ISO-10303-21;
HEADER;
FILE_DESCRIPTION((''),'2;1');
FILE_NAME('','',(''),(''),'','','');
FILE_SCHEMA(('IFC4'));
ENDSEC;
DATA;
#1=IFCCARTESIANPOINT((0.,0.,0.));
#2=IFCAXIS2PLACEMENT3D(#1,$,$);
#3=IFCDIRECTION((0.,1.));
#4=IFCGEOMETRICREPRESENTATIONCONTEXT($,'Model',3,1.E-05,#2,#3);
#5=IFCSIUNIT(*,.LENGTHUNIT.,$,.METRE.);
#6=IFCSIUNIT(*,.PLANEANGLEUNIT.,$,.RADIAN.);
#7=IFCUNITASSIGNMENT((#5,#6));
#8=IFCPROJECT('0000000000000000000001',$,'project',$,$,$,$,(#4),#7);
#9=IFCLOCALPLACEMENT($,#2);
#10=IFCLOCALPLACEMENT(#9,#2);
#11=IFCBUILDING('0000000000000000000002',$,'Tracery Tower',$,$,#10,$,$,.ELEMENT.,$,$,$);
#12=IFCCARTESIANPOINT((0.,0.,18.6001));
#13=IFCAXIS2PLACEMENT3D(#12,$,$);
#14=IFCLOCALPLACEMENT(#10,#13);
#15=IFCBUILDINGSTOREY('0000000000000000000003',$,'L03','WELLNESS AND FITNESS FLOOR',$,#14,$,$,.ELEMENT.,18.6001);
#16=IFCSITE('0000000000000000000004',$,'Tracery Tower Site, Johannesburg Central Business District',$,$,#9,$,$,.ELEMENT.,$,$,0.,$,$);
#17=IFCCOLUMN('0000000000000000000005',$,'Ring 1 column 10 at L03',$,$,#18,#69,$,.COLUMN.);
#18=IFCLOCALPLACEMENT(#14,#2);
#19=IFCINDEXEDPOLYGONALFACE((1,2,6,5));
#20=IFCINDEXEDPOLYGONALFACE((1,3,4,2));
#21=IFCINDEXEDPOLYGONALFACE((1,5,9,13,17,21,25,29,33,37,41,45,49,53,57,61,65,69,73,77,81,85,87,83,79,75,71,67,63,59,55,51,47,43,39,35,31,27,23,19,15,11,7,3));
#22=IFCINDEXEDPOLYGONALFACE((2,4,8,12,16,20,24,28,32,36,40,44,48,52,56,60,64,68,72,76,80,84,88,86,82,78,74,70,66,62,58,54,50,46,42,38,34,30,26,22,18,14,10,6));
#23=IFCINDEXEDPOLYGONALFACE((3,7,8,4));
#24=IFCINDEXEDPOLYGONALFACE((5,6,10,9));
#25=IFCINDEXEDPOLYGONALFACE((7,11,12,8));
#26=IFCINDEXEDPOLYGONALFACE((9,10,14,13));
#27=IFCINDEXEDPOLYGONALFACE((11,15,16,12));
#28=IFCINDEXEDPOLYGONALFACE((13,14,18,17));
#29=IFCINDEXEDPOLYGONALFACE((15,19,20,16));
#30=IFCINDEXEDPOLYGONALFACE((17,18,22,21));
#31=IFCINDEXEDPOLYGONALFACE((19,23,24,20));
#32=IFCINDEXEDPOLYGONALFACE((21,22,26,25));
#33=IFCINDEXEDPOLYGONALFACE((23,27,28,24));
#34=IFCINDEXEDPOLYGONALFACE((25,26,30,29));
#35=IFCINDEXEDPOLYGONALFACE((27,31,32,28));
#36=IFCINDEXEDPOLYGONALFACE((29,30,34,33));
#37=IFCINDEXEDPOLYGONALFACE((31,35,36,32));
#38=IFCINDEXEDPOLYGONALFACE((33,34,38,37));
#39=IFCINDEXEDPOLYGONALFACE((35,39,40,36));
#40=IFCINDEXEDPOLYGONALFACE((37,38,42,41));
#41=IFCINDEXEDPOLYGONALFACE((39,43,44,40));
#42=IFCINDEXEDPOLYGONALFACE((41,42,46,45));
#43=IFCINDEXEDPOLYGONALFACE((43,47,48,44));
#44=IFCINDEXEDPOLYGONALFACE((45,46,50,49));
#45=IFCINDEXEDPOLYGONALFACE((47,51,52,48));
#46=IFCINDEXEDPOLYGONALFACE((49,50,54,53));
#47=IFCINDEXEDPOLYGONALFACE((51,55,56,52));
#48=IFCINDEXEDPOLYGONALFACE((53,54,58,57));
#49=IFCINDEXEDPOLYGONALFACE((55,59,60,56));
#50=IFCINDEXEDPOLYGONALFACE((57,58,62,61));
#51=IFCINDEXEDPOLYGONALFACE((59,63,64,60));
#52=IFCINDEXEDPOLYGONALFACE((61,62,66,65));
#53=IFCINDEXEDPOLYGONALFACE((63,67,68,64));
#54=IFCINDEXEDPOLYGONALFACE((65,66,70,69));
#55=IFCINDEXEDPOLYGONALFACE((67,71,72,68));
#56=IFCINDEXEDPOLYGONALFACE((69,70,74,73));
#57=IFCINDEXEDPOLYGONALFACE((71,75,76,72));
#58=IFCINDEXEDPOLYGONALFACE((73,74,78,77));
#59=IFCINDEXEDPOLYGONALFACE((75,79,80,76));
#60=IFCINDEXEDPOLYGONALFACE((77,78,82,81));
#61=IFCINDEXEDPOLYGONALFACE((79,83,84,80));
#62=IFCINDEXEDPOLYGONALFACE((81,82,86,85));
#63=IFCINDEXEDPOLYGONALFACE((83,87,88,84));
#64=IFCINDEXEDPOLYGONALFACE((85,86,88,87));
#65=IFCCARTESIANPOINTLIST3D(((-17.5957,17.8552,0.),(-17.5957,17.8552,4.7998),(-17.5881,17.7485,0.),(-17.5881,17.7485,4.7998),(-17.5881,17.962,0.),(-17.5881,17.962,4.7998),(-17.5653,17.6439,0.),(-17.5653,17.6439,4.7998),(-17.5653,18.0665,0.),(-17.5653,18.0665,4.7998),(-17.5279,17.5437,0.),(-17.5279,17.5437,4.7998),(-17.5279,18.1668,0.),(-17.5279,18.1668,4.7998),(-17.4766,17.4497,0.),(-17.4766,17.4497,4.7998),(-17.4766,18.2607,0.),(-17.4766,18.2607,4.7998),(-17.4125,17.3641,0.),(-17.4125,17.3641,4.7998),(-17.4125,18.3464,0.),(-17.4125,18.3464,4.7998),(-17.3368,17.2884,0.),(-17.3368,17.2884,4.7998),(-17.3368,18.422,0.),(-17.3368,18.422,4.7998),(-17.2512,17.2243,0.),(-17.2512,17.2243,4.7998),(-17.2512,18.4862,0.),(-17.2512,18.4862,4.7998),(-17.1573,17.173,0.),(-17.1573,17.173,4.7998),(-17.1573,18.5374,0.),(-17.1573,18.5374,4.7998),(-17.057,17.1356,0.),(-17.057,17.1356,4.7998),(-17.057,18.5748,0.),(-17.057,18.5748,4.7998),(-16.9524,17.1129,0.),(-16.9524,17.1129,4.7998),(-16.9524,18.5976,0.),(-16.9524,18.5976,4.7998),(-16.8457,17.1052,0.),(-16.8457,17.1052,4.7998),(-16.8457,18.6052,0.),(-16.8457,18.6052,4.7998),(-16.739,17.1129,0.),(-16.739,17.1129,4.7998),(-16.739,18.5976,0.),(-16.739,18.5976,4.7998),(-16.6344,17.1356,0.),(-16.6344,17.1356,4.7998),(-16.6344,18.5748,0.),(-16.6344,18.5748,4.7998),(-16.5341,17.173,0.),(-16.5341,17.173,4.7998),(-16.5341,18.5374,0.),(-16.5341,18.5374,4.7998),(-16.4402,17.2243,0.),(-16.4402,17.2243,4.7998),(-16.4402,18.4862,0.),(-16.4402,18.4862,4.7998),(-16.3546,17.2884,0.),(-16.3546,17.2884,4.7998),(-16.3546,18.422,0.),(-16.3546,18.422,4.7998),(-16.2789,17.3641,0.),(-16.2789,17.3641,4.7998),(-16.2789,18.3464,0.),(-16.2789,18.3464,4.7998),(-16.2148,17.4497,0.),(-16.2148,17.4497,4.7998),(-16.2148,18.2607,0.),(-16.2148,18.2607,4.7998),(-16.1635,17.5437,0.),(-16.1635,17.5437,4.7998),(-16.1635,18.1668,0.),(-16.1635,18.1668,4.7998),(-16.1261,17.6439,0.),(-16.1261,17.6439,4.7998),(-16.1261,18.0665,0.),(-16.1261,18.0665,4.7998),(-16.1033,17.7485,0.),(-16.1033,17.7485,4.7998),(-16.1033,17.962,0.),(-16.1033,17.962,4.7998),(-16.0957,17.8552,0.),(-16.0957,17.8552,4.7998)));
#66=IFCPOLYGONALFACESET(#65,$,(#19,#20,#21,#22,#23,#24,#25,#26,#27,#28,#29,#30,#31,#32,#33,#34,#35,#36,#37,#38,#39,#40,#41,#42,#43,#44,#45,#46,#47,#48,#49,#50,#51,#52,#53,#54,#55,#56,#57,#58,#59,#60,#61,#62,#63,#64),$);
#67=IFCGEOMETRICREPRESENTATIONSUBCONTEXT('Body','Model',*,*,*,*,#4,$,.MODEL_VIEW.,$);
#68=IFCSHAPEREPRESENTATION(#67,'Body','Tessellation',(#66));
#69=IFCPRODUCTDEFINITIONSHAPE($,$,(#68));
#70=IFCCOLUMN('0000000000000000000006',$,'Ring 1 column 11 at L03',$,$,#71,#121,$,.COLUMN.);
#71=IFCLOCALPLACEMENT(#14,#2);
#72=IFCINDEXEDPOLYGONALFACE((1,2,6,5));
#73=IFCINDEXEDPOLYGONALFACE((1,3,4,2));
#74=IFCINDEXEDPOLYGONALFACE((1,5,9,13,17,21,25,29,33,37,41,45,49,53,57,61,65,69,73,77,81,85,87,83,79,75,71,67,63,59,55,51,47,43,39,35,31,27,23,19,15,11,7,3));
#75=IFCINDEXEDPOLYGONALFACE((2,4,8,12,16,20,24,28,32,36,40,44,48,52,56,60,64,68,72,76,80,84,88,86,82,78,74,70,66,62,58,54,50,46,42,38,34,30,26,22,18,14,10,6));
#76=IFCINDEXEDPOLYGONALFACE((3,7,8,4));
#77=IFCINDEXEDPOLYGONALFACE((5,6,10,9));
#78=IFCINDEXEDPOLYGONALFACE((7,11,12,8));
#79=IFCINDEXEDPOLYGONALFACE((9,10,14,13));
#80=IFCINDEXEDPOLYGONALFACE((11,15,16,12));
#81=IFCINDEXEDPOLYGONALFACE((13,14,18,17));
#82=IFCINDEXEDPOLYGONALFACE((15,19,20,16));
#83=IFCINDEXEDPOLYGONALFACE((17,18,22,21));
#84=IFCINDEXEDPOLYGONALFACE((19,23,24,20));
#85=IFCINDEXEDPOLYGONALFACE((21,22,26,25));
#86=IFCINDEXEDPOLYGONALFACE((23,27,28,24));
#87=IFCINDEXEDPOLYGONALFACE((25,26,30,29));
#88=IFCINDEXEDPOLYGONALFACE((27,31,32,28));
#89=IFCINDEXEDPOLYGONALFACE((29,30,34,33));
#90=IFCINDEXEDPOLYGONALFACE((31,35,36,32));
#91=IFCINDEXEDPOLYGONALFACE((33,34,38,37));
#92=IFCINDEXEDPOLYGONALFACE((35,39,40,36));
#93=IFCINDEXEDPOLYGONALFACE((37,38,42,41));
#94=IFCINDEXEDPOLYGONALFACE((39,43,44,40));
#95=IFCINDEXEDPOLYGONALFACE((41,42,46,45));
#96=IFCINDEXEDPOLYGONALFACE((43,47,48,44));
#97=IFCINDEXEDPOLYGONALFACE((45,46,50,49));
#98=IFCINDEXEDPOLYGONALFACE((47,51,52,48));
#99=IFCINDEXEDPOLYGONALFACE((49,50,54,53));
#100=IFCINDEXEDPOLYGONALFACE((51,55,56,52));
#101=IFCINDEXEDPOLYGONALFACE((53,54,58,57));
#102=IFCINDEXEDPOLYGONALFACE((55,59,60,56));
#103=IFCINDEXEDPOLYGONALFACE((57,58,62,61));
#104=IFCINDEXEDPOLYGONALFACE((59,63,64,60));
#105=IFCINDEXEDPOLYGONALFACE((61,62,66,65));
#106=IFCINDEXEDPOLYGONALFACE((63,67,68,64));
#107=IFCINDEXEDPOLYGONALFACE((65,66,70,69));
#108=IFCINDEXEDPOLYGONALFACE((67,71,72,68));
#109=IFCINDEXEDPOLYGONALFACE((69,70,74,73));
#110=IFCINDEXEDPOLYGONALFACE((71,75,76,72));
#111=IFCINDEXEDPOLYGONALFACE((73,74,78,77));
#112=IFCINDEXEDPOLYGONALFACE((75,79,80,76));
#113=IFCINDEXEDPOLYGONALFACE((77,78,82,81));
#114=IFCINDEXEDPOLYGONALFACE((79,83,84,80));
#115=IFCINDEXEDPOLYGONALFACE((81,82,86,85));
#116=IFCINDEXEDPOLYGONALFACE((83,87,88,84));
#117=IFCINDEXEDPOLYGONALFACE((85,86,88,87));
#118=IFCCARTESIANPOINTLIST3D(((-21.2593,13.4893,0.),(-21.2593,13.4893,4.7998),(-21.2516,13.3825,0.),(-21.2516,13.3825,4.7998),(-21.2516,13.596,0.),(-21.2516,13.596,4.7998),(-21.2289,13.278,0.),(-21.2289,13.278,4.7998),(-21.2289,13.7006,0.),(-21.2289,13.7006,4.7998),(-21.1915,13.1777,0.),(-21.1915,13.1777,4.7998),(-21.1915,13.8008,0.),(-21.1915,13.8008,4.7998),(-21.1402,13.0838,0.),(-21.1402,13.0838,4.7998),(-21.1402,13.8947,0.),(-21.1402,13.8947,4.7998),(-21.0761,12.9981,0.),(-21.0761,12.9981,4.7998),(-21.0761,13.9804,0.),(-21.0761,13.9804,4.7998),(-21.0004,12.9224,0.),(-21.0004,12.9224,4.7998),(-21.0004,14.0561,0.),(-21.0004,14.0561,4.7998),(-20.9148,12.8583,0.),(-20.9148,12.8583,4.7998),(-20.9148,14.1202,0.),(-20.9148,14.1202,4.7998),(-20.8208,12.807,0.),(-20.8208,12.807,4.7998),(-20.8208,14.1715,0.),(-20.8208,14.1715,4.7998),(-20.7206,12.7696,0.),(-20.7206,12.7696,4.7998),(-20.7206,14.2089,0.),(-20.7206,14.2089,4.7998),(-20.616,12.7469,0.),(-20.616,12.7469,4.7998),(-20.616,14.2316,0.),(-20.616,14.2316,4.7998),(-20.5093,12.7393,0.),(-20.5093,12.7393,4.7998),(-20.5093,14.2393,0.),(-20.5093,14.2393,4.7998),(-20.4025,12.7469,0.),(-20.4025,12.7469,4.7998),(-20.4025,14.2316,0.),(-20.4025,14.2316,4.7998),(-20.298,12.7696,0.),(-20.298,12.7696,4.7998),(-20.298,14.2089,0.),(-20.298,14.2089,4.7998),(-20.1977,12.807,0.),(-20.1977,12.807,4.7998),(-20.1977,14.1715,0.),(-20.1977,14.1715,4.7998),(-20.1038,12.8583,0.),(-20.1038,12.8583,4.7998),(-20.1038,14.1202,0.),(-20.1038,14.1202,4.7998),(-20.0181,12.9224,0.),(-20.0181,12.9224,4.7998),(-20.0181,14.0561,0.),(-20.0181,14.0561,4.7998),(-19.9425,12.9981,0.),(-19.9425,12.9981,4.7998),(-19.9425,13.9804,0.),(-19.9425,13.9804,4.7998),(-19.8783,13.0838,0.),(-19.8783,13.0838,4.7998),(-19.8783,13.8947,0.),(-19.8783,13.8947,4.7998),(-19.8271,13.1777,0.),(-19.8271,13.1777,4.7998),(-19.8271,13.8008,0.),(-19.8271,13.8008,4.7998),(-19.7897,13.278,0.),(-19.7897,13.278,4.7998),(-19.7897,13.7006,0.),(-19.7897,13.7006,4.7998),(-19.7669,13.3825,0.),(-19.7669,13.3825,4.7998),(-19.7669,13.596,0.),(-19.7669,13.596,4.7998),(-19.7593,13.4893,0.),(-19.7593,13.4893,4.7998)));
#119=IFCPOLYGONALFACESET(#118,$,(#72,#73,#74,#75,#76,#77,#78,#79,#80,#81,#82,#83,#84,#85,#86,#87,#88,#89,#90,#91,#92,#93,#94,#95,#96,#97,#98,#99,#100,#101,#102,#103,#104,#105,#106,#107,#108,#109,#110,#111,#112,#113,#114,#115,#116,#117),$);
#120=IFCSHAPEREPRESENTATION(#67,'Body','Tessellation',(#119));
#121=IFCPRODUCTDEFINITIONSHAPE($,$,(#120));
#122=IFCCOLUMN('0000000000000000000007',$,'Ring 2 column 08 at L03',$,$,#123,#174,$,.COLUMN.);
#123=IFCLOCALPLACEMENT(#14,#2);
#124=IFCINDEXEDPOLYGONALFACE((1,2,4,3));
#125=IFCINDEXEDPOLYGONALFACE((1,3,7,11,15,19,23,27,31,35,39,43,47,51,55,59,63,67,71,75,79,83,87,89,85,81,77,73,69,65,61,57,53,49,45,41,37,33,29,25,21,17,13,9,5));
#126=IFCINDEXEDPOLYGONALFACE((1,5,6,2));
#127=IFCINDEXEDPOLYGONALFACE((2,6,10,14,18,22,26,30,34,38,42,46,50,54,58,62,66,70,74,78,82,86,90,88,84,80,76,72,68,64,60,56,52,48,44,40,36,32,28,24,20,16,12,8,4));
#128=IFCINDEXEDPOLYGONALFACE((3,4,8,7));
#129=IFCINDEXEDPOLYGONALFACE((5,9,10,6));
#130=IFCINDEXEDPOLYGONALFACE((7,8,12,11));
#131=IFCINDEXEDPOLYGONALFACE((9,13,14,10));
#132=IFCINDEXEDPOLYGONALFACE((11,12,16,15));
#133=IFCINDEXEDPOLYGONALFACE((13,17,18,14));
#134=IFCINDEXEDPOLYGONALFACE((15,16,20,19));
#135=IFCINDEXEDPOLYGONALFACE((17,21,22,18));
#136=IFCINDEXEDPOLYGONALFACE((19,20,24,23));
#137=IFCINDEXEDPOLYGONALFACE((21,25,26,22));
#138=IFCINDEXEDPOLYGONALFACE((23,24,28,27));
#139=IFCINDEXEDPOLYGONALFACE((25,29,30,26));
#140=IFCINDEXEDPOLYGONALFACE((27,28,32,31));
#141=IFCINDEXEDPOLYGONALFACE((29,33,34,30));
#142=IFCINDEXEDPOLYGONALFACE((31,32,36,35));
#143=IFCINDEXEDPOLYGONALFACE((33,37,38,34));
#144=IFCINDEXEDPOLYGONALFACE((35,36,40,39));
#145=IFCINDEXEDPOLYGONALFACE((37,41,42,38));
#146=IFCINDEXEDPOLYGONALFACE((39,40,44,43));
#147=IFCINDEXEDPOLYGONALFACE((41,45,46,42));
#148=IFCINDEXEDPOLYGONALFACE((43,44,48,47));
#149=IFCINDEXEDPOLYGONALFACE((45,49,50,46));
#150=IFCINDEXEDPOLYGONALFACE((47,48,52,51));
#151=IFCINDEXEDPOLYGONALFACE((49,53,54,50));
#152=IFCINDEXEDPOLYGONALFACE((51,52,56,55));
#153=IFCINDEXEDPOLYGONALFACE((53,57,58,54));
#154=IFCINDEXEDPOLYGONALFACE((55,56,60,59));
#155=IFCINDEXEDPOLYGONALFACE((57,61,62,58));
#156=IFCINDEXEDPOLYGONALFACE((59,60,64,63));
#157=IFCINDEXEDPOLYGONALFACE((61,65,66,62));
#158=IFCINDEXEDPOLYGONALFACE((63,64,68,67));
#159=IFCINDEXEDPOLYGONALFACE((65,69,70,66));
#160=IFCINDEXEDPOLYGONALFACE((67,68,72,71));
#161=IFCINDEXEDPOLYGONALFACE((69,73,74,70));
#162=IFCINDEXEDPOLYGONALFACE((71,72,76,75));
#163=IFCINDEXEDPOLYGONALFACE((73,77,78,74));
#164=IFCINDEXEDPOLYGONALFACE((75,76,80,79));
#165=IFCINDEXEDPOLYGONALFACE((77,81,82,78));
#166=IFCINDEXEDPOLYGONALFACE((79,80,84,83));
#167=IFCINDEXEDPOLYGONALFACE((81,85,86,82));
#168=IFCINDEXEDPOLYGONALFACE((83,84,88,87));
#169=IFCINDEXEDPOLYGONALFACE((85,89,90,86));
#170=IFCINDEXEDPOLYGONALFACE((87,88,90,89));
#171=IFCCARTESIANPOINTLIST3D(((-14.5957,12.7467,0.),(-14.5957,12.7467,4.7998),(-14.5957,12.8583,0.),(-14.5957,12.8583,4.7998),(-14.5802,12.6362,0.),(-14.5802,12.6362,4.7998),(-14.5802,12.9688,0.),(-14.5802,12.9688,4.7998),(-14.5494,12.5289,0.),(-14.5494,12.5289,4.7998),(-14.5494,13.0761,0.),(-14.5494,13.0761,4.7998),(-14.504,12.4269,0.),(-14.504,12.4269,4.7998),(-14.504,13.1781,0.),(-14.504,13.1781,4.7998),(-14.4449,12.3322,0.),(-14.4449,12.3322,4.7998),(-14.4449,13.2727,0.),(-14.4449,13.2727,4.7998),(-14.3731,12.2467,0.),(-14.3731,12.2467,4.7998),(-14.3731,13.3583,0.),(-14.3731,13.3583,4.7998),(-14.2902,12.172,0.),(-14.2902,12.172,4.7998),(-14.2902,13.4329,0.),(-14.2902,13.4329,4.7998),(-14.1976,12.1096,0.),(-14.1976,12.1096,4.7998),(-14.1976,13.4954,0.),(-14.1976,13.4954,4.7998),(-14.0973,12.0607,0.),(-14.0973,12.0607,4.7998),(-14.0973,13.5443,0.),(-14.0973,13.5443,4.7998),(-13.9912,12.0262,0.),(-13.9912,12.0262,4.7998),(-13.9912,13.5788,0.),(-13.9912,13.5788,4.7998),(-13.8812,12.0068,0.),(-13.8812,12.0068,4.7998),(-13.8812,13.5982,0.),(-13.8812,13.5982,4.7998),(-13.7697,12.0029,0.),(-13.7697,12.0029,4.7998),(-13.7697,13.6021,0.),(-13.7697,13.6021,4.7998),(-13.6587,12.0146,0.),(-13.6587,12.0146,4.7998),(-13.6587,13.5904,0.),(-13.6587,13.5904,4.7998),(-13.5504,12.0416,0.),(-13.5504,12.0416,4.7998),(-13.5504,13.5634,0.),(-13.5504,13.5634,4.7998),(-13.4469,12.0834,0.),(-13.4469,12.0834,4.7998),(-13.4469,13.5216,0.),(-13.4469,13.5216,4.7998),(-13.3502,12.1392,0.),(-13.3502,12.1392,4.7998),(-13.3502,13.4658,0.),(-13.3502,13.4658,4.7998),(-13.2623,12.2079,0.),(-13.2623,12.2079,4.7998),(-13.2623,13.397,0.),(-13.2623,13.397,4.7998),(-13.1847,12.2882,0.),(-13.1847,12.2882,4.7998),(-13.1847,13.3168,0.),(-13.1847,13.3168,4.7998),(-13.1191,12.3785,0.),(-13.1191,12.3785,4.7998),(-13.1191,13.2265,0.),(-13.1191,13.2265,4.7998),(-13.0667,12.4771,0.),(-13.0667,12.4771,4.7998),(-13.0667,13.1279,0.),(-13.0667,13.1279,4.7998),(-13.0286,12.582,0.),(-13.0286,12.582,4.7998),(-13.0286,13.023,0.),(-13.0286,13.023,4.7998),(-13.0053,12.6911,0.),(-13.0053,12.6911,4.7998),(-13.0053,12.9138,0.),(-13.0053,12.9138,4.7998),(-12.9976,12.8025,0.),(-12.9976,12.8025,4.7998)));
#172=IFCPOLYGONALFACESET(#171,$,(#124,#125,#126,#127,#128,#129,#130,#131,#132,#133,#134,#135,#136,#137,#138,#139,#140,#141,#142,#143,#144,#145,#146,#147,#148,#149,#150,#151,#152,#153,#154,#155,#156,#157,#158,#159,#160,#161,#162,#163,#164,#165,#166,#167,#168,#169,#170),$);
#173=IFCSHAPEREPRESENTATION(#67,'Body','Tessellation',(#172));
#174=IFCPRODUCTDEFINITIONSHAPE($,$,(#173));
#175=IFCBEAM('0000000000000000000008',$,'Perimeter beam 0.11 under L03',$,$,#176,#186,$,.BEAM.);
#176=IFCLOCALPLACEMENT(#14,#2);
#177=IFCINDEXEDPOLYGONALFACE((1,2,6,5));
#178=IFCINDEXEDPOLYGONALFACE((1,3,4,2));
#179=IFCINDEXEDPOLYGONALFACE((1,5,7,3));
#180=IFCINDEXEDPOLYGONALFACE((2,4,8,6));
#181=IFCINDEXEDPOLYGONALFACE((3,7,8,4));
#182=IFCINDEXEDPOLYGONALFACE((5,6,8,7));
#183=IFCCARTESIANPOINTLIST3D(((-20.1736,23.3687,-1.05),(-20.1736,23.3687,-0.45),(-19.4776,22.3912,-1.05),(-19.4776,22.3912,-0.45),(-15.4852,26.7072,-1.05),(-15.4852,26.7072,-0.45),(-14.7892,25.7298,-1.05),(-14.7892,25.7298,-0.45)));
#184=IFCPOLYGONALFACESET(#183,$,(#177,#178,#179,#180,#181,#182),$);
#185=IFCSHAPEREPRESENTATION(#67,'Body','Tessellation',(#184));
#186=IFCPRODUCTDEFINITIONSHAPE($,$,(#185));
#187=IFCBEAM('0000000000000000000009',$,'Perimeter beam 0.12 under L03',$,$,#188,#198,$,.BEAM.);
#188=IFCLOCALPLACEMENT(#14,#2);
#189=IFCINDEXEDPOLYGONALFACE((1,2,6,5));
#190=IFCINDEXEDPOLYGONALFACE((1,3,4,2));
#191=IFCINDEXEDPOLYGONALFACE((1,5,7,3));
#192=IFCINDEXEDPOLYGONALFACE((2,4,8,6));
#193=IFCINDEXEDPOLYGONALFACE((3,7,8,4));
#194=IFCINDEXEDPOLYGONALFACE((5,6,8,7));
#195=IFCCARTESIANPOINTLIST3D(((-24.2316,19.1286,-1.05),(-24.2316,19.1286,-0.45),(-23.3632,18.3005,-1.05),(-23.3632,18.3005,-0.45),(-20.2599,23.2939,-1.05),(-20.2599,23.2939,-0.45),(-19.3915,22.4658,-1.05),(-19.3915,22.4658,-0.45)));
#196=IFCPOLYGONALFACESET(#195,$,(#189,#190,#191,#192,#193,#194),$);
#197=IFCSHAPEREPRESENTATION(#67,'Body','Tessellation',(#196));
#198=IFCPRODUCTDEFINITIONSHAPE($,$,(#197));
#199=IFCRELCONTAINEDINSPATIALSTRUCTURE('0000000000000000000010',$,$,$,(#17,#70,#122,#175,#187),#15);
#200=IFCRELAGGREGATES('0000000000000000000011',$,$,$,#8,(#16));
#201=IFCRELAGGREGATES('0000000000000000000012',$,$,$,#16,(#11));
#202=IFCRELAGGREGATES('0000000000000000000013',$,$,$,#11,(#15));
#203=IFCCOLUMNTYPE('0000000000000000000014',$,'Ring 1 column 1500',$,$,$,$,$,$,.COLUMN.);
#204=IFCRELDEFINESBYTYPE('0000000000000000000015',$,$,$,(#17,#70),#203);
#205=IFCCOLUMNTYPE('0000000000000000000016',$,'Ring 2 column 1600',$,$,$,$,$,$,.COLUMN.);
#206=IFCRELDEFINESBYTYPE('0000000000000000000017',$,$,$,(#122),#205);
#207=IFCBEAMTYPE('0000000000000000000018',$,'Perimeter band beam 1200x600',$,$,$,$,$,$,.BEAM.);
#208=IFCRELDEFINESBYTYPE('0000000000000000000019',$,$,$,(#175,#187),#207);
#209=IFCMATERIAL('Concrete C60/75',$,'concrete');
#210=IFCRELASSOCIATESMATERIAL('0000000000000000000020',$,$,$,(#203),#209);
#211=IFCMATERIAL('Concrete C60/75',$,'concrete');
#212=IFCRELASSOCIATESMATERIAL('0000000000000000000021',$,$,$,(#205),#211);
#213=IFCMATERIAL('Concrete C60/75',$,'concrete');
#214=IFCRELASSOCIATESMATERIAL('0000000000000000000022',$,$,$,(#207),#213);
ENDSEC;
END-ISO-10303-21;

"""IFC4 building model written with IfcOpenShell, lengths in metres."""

from ifc_helpers import new_model, si_unit, direction, frame, origin, origin_2d, place, context, subcontext, project, spatial, rectangle, circle, extrude, material, material_profile, profile_set, type_object, element, save


model = new_model("IFC4")

# Units and contexts
model_context = context("Model", 3, precision=1e-05, world=origin(), true_north=direction((0.0, 1.0)))
body_context = subcontext(model_context, "Body", "Model", "MODEL_VIEW")
ifc_project = project(units=[si_unit("LENGTHUNIT", "METRE"), si_unit("PLANEANGLEUNIT", "RADIAN")], contexts=[model_context])

# Site, building, storey
site_placement = place(None, origin())
site = spatial("IfcSite", under=ifc_project, at=site_placement, Name="Tracery Tower Site, Johannesburg Central Business District", CompositionType="ELEMENT", RefElevation=0.0)
building_placement = place(site_placement, origin())
building = spatial("IfcBuilding", under=site, at=building_placement, Name="Tracery Tower", CompositionType="ELEMENT")
storey_placement = place(building_placement, frame((0.0, 0.0, 18.6001)))
storey = spatial("IfcBuildingStorey", under=building, at=storey_placement, Name="L03", Description="WELLNESS AND FITNESS FLOOR", CompositionType="ELEMENT", Elevation=18.6001)

# Columns
ifc_material_1 = material(Name="Concrete C60/75", Category="concrete")
ifc_material_profile_1 = material_profile(ifc_material_1, circle(Radius=0.75, at=origin_2d()), Name="RC D1500")
ifc_profile_set_1 = profile_set([ifc_material_profile_1], Name="Concrete C60/75")
column_type_1 = type_object("IfcColumnType", Name="Ring 1 column 1500", PredefinedType="COLUMN", material=ifc_profile_set_1)
for number, where, z_axis, x_axis, name in (
    (1, (-16.8457, 17.8552, 0.0), (0.0, 0.0, 1.0), (1.0, 0.0, 0.0), "Ring 1 column 10 at L03"),
    (2, (-20.5093, 13.4893, 0.0), (0.0, 0.0, 1.0), (1.0, 0.0, 0.0), "Ring 1 column 11 at L03"),
):
    element("IfcColumn", number, at=place(storey_placement, frame(where, z_axis=z_axis, x_axis=x_axis)), inside=storey, type_object=column_type_1, Name=name, PredefinedType="COLUMN", context=body_context, shape_type="SweptSolid", body=[
        extrude(circle(Radius=0.75, at=origin_2d()), origin(), (0.0, 0.0, 1.0), 4.7998),
    ])
ifc_material_2 = material(Name="Concrete C60/75", Category="concrete")
ifc_material_profile_2 = material_profile(ifc_material_2, circle(Radius=0.8, at=origin_2d()), Name="RC D1600")
ifc_profile_set_2 = profile_set([ifc_material_profile_2], Name="Concrete C60/75")
column_type_2 = type_object("IfcColumnType", Name="Ring 2 column 1600", PredefinedType="COLUMN", material=ifc_profile_set_2)
column_placement = place(storey_placement, frame((-13.7976, 12.8025, 0.0), z_axis=(0.0, 0.0, 1.0), x_axis=(1.0, 0.0, 0.0)))
element("IfcColumn", 3, at=column_placement, inside=storey, type_object=column_type_2, Name="Ring 2 column 08 at L03", PredefinedType="COLUMN", context=body_context, shape_type="SweptSolid", body=[
    extrude(circle(Radius=0.8, at=origin_2d()), origin(), (0.0, 0.0, 1.0), 4.7998),
])

# Beams
ifc_material_3 = material(Name="Concrete C60/75", Category="concrete")
ifc_material_profile_3 = material_profile(ifc_material_3, rectangle(XDim=1.2, YDim=0.6001, at=origin_2d()), Name="RC 1200x600")
ifc_profile_set_3 = profile_set([ifc_material_profile_3], Name="Concrete C60/75")
beam_type = type_object("IfcBeamType", Name="Perimeter band beam 1200x600", PredefinedType="BEAM", material=ifc_profile_set_3)
beam_1_placement = place(storey_placement, frame((-15.1372, 26.2185, -0.75), z_axis=(-0.814578, -0.580054, 0.0), x_axis=(0.580054, -0.814578, 0.0)))
element("IfcBeam", 4, at=beam_1_placement, inside=storey, type_object=beam_type, Name="Perimeter beam 0.11 under L03", PredefinedType="BEAM", context=body_context, shape_type="SweptSolid", body=[
    extrude(rectangle(XDim=1.2, YDim=0.6001, at=origin_2d()), origin(), (0.0, 0.0, 1.0), 5.7556),
])
beam_2_placement = place(storey_placement, frame((-19.8257, 22.8799, -0.75), z_axis=(-0.690087, -0.723726, 0.0), x_axis=(0.723726, -0.690087, 0.0)))
element("IfcBeam", 5, at=beam_2_placement, inside=storey, type_object=beam_type, Name="Perimeter beam 0.12 under L03", PredefinedType="BEAM", context=body_context, shape_type="SweptSolid", body=[
    extrude(rectangle(XDim=1.2, YDim=0.6001, at=origin_2d()), origin(), (0.0, 0.0, 1.0), 5.7554),
])

save(model, "model.ifc")
